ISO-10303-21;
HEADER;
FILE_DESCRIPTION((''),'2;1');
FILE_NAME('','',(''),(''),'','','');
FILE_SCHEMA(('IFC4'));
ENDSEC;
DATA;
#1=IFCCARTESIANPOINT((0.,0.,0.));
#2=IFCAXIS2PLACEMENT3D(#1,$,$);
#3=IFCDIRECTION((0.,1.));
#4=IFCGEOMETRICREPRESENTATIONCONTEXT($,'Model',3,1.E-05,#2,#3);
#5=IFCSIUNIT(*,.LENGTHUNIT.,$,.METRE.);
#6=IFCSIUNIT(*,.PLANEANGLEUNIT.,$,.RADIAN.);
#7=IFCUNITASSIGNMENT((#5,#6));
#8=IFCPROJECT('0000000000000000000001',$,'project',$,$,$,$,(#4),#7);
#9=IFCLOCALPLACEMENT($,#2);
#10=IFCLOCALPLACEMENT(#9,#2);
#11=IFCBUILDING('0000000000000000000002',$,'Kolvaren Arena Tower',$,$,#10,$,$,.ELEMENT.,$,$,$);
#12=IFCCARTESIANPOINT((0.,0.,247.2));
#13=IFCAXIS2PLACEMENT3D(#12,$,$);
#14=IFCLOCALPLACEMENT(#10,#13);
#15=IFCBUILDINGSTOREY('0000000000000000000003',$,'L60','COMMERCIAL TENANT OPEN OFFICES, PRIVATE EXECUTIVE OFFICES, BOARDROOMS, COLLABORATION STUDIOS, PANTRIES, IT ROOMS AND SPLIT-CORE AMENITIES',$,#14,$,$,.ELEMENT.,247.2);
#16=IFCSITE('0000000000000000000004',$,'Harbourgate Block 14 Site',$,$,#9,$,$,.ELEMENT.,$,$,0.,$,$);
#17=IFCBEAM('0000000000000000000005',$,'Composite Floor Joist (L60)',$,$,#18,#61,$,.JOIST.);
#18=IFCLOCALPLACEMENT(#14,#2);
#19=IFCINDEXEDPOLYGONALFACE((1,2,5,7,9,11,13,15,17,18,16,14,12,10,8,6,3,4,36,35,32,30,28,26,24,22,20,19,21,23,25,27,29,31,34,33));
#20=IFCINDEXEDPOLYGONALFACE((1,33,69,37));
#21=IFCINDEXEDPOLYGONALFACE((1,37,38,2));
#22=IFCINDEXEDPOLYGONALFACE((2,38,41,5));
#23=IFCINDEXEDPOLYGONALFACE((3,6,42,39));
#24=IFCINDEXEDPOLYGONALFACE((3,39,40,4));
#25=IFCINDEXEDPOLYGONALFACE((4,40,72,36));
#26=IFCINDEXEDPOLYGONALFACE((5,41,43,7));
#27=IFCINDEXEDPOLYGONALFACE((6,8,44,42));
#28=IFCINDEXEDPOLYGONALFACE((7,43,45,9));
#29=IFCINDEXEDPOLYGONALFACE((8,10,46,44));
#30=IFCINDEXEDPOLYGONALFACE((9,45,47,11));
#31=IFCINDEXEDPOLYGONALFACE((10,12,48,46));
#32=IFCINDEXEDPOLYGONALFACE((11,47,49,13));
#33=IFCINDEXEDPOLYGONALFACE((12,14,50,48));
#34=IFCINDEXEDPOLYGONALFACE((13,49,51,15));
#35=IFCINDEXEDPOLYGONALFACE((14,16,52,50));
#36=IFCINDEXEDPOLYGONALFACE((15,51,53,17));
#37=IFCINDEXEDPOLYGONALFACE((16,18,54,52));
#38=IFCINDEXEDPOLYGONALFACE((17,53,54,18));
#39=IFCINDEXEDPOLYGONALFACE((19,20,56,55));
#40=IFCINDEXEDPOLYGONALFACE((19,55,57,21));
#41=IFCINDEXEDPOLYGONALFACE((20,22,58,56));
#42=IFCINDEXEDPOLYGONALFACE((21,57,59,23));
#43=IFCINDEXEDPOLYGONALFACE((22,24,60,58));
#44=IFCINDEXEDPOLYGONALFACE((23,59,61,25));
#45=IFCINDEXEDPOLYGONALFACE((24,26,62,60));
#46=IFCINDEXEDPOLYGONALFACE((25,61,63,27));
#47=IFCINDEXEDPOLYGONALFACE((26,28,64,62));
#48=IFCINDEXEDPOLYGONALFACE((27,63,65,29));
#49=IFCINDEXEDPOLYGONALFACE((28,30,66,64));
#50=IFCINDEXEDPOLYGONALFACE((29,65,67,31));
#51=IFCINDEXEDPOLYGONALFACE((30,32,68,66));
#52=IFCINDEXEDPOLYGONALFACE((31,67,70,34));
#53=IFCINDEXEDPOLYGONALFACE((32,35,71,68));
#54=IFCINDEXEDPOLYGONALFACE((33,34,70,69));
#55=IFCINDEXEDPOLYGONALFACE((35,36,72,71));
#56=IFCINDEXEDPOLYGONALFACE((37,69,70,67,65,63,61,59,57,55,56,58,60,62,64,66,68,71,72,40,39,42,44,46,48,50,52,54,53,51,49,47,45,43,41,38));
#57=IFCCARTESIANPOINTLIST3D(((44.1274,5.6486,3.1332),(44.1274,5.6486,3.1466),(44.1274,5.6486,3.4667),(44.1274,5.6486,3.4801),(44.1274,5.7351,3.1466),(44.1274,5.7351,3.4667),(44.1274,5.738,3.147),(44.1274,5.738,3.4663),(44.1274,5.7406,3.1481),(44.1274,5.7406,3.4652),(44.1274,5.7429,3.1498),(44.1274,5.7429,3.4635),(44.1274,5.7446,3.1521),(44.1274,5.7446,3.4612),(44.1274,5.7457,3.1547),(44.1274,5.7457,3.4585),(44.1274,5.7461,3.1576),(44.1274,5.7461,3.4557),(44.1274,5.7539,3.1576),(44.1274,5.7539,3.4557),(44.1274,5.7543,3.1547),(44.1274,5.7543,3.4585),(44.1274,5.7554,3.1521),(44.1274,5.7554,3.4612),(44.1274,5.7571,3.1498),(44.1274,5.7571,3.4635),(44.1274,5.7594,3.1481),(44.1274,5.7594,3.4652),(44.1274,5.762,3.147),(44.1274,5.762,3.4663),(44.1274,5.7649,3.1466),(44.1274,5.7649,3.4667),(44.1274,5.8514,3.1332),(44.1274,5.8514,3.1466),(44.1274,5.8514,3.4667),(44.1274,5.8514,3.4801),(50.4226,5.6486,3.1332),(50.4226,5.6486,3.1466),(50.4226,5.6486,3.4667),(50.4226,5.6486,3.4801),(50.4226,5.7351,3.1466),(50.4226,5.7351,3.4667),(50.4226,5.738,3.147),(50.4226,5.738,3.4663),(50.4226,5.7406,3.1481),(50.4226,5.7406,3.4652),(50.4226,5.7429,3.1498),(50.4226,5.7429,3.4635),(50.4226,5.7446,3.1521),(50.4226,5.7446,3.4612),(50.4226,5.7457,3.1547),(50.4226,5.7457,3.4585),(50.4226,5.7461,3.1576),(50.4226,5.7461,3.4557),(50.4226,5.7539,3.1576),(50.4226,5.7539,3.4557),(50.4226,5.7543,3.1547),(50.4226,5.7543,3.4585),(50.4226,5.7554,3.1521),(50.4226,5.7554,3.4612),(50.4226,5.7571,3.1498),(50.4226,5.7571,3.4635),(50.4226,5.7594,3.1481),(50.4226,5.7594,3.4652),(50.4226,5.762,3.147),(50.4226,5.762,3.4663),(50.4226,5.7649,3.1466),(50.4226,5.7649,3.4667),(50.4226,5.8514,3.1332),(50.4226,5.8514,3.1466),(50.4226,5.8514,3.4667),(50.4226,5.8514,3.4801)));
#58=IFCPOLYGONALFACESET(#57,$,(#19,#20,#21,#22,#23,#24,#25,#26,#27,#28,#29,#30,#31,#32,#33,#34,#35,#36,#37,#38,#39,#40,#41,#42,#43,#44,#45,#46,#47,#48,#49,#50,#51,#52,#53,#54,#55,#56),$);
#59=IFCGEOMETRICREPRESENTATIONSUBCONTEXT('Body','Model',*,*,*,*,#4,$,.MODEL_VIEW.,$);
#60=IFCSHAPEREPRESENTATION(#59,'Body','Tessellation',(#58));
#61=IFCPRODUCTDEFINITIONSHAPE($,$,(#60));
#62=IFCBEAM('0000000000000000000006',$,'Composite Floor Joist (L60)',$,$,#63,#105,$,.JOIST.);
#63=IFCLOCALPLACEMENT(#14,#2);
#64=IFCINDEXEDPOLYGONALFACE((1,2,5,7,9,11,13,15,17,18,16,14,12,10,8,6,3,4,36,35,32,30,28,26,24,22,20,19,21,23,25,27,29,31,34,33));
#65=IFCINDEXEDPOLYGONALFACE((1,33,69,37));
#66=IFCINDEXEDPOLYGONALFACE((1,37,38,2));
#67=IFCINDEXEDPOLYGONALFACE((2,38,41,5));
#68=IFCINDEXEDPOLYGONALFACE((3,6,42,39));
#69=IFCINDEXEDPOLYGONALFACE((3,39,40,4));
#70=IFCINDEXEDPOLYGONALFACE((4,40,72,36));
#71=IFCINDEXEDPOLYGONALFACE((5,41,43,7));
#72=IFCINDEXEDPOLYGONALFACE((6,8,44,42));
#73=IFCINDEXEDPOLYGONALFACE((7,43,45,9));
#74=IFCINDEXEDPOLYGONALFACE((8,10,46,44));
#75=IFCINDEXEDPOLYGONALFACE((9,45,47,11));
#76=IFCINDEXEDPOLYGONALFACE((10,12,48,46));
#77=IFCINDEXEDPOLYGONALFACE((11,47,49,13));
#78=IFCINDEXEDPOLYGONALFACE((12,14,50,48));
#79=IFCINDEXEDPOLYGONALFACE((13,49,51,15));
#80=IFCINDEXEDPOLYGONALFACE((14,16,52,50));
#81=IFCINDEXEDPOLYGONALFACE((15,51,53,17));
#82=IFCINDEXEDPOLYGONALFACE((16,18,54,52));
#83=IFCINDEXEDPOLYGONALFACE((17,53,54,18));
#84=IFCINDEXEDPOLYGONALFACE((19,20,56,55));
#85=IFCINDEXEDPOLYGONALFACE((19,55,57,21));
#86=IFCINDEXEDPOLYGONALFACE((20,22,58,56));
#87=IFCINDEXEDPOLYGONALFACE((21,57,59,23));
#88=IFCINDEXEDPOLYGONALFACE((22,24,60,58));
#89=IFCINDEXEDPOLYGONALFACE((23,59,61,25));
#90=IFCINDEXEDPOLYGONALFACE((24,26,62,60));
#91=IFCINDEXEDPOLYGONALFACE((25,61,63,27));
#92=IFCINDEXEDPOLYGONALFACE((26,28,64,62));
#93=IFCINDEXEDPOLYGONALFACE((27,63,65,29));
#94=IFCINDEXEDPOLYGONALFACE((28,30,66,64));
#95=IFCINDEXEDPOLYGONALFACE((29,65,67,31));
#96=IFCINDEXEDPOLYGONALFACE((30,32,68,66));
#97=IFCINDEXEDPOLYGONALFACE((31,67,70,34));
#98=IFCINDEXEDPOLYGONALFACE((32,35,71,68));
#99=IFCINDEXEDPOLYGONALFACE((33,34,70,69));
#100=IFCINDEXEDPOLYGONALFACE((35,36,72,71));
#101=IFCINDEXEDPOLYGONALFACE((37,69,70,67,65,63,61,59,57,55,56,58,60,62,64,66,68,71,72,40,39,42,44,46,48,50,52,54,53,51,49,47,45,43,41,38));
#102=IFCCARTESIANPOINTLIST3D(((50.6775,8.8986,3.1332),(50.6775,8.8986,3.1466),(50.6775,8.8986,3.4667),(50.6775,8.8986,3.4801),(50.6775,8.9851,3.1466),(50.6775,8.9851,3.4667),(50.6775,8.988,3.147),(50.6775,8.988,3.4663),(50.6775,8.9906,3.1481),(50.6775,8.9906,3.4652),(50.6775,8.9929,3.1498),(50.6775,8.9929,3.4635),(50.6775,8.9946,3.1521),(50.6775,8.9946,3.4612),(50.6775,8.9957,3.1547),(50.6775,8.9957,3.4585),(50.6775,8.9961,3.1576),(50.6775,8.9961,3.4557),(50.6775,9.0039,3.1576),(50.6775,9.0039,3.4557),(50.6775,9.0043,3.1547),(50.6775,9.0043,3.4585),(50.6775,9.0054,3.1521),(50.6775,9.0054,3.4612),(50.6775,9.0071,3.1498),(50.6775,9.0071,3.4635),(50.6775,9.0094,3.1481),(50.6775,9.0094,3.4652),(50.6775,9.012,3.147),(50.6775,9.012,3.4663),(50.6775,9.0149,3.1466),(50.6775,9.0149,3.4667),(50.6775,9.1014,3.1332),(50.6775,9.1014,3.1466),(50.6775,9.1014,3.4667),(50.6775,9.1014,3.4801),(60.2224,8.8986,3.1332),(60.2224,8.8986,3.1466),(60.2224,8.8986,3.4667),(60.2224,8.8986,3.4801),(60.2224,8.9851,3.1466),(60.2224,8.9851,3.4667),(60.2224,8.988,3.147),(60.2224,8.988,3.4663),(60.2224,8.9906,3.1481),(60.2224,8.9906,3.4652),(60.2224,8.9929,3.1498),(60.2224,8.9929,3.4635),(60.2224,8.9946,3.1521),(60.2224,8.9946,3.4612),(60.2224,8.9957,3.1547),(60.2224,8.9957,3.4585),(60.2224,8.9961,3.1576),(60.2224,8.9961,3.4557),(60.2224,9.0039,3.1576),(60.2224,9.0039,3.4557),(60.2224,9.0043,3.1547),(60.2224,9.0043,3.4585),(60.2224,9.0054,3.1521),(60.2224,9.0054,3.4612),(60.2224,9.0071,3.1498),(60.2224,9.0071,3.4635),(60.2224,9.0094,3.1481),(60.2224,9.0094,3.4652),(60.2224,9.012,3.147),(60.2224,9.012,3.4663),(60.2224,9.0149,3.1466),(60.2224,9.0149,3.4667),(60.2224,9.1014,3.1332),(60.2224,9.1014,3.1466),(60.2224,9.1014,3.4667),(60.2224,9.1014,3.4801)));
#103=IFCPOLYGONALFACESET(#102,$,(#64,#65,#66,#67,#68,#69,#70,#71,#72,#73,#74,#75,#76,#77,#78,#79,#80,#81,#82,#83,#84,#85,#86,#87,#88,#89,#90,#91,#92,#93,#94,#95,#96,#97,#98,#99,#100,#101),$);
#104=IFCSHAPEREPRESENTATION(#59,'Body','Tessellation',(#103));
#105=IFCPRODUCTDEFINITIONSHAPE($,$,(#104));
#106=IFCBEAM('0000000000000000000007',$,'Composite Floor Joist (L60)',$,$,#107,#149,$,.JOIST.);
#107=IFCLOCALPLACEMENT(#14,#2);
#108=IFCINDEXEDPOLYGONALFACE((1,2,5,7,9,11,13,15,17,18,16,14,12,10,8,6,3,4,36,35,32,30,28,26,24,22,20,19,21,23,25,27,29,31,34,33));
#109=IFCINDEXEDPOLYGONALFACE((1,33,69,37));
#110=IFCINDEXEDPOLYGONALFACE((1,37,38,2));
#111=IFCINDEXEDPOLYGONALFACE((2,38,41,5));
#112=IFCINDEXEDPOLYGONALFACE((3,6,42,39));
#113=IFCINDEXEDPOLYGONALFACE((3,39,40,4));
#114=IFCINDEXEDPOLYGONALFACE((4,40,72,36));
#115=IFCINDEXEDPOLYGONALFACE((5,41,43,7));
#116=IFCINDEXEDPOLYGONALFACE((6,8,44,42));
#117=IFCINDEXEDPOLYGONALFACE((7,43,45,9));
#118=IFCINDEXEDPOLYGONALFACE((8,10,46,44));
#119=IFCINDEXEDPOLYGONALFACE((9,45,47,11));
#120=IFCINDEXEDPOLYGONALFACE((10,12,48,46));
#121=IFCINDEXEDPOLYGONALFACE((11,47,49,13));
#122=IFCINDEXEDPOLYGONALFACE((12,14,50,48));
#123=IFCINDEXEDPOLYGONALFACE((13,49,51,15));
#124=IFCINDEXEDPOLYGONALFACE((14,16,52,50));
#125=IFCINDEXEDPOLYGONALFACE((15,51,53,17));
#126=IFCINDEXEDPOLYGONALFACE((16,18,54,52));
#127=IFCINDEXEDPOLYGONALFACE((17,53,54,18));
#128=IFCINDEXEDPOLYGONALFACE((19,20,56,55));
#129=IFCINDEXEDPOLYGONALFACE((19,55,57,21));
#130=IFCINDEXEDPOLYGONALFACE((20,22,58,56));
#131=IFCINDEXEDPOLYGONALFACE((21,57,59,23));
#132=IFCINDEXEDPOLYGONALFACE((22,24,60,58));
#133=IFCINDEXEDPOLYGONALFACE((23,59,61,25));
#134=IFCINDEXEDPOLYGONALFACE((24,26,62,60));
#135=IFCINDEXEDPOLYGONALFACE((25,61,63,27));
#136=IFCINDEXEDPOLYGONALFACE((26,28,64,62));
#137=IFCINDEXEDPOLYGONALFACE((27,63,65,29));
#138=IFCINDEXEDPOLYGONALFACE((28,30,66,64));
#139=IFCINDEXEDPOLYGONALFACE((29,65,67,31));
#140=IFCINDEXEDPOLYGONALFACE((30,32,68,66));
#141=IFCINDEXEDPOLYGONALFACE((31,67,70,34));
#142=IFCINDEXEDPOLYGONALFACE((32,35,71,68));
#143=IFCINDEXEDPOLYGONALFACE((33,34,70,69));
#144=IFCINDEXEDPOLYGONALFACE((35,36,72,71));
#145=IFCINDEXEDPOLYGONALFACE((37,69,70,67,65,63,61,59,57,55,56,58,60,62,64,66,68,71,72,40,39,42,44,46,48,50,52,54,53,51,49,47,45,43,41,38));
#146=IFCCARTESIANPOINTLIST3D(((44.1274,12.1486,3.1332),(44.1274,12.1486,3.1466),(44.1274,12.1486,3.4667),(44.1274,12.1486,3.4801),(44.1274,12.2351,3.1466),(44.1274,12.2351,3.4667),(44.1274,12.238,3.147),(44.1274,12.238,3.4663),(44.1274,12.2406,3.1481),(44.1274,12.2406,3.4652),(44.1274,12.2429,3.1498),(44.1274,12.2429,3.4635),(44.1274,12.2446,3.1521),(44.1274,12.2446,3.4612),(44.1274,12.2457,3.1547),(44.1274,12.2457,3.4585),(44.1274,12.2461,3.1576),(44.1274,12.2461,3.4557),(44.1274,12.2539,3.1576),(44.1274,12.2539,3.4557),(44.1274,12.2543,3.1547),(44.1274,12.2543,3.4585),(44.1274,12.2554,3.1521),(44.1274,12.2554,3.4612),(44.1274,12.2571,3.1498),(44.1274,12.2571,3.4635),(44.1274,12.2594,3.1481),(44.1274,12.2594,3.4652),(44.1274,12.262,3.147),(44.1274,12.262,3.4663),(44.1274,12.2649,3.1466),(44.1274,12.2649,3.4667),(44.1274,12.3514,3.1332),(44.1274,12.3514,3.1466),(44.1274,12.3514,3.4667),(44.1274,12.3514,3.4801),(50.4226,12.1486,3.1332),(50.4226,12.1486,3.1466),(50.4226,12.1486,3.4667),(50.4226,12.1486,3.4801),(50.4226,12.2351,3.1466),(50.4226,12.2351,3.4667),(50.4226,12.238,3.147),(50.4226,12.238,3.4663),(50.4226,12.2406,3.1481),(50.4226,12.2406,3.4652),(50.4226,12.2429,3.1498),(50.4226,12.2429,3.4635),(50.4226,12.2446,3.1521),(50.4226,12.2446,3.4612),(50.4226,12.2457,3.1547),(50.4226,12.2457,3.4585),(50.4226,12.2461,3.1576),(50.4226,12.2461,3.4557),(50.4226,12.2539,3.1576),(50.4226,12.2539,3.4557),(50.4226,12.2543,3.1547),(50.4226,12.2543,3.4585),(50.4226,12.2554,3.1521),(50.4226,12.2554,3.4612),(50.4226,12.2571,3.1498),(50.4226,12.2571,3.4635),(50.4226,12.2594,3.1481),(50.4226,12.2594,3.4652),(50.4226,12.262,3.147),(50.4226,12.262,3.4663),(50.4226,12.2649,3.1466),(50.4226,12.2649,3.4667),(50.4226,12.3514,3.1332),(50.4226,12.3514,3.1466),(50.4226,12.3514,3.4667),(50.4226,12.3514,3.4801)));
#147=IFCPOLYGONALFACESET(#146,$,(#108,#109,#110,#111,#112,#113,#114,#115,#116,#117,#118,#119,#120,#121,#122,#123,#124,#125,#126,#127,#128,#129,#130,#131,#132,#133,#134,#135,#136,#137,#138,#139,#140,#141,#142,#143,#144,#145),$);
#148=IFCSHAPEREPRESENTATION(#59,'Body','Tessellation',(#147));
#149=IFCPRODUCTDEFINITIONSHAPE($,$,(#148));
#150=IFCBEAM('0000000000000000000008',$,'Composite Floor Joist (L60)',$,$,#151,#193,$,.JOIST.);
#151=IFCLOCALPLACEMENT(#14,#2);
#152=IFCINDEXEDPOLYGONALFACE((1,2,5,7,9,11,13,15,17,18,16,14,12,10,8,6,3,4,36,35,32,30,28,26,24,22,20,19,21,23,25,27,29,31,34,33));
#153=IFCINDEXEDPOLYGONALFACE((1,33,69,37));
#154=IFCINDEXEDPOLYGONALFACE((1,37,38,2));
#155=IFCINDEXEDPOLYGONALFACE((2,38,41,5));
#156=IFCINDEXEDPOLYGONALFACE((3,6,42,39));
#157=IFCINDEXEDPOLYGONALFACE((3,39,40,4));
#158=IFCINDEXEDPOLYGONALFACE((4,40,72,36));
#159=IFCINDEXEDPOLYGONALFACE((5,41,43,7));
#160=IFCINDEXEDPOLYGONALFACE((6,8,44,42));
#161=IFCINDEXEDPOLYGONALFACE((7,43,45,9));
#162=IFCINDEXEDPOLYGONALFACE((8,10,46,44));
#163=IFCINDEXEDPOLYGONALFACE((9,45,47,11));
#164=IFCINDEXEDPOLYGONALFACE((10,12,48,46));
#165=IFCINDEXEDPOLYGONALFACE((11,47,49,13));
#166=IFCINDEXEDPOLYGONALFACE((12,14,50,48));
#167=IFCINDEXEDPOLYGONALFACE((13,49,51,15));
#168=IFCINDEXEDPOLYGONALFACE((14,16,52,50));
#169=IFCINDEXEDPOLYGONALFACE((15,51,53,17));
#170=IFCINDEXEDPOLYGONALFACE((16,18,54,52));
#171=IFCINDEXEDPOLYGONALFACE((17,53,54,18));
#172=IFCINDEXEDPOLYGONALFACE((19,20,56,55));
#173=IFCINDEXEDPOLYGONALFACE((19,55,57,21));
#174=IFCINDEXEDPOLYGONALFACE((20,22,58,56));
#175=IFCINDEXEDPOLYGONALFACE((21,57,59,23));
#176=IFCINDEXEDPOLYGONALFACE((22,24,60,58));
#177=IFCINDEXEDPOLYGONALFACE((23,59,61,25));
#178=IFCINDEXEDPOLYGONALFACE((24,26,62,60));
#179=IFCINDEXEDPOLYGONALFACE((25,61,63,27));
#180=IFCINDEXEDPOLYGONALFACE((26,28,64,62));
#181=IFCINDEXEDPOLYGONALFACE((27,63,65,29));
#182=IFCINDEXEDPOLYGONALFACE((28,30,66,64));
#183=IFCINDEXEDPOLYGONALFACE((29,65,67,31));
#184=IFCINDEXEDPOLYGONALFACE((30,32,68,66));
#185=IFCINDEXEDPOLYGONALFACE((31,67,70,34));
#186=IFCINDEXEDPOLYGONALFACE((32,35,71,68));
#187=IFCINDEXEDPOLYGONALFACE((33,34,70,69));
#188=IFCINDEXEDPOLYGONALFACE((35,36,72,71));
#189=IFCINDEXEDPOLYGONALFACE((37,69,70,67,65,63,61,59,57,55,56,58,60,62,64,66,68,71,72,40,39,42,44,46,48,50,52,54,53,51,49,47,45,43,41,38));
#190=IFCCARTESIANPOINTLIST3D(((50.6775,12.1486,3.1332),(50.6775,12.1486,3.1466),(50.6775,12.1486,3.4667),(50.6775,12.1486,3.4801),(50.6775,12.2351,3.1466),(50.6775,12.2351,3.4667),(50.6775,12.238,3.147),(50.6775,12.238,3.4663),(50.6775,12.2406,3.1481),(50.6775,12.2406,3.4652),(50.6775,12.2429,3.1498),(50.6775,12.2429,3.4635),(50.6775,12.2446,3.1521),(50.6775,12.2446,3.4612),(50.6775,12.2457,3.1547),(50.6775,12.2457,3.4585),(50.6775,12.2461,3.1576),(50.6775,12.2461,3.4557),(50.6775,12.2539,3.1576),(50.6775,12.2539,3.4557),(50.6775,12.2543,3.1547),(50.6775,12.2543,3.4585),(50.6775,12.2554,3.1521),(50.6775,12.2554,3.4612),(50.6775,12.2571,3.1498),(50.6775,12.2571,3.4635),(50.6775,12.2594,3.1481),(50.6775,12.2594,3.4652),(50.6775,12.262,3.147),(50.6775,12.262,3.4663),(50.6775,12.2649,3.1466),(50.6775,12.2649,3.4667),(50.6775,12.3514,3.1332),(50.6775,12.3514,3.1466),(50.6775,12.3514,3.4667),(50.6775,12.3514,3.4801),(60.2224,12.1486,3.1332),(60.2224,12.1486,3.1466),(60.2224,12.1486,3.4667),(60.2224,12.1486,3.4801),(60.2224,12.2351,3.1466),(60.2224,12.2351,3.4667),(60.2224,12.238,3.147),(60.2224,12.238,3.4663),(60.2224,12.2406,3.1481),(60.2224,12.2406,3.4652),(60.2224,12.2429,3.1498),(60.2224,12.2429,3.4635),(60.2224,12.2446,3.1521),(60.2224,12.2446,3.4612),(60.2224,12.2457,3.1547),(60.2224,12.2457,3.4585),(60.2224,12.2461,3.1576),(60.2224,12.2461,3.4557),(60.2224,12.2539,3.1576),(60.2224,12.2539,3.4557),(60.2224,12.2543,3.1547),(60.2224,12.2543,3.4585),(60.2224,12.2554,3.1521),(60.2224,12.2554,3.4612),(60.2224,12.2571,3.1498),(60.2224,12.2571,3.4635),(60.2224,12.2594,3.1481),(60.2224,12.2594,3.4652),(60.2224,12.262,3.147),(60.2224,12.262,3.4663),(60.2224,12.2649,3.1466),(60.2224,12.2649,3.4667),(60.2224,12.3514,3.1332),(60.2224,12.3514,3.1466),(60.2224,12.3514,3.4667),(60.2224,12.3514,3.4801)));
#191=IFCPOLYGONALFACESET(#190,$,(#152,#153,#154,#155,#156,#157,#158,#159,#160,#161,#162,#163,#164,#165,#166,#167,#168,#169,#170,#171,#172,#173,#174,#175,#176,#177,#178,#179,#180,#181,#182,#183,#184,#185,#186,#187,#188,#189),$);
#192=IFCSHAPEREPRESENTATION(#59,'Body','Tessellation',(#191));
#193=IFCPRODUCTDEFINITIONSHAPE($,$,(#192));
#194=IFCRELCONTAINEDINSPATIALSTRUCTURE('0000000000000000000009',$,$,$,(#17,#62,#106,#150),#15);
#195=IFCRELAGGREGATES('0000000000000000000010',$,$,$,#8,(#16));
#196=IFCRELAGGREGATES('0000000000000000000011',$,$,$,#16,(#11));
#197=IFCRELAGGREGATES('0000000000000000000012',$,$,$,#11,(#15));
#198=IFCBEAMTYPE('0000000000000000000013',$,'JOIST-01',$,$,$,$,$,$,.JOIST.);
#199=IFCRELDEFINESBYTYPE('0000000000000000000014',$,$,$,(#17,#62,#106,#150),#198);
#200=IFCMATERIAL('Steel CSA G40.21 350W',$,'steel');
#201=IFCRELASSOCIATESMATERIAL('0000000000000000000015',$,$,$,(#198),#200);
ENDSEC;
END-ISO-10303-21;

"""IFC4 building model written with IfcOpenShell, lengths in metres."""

from ifc_helpers import new_model, si_unit, direction, frame, origin, origin_2d, place, context, subcontext, project, spatial, i_section, extrude, material, material_profile, profile_set, type_object, element, save


model = new_model("IFC4")

# Units and contexts
model_context = context("Model", 3, precision=1e-05, world=origin(), true_north=direction((0.0, 1.0)))
body_context = subcontext(model_context, "Body", "Model", "MODEL_VIEW")
ifc_project = project(units=[si_unit("LENGTHUNIT", "METRE"), si_unit("PLANEANGLEUNIT", "RADIAN")], contexts=[model_context])

# Site, building, storey
site_placement = place(None, origin())
site = spatial("IfcSite", under=ifc_project, at=site_placement, Name="Harbourgate Block 14 Site", CompositionType="ELEMENT", RefElevation=0.0)
building_placement = place(site_placement, origin())
building = spatial("IfcBuilding", under=site, at=building_placement, Name="Kolvaren Arena Tower", CompositionType="ELEMENT")
storey_placement = place(building_placement, frame((0.0, 0.0, 247.2)))
storey = spatial("IfcBuildingStorey", under=building, at=storey_placement, Name="L60", Description="COMMERCIAL TENANT OPEN OFFICES, PRIVATE EXECUTIVE OFFICES, BOARDROOMS, COLLABORATION STUDIOS, PANTRIES, IT ROOMS AND SPLIT-CORE AMENITIES", CompositionType="ELEMENT", Elevation=247.2)

# Beams
ifc_material_1 = material(Name="Steel CSA G40.21 350W", Category="steel")
ifc_material_profile_1 = material_profile(ifc_material_1, i_section(OverallWidth=0.2029, OverallDepth=0.3469, WebThickness=0.0078, FlangeThickness=0.0134, FilletRadius=0.011, at=origin_2d()), Name="W360x64")
ifc_profile_set_1 = profile_set([ifc_material_profile_1], Name="Steel CSA G40.21 350W")
beam_type_1 = type_object("IfcBeamType", Name="JOIST-01", PredefinedType="JOIST", material=ifc_profile_set_1)
for number, where, z_axis, x_axis, name in (
    (1, (44.1274, 5.75, 3.3066), (1.0, 0.0, 0.0), (0.0, 1.0, 0.0), "Composite Floor Joist (L60)"),
):
    element("IfcBeam", number, at=place(storey_placement, frame(where, z_axis=z_axis, x_axis=x_axis)), inside=storey, type_object=beam_type_1, Name=name, PredefinedType="JOIST", context=body_context, shape_type="SweptSolid", body=[
        extrude(i_section(OverallWidth=0.2029, OverallDepth=0.3469, WebThickness=0.0078, FlangeThickness=0.0134, FilletRadius=0.011, at=origin_2d()), origin(), (0.0, 0.0, 1.0), 6.2952),
    ])
beam_1_placement = place(storey_placement, frame((50.6775, 9.0, 3.3066), z_axis=(1.0, 0.0, 0.0), x_axis=(0.0, 1.0, 0.0)))
element("IfcBeam", 2, at=beam_1_placement, inside=storey, type_object=beam_type_1, Name="Composite Floor Joist (L60)", PredefinedType="JOIST", context=body_context, shape_type="SweptSolid", body=[
    extrude(i_section(OverallWidth=0.2029, OverallDepth=0.3469, WebThickness=0.0078, FlangeThickness=0.0134, FilletRadius=0.011, at=origin_2d()), origin(), (0.0, 0.0, 1.0), 9.5449),
])
beam_2_placement = place(storey_placement, frame((44.1274, 12.25, 3.3066), z_axis=(1.0, 0.0, 0.0), x_axis=(0.0, 1.0, 0.0)))
element("IfcBeam", 3, at=beam_2_placement, inside=storey, type_object=beam_type_1, Name="Composite Floor Joist (L60)", PredefinedType="JOIST", context=body_context, shape_type="SweptSolid", body=[
    extrude(i_section(OverallWidth=0.2029, OverallDepth=0.3469, WebThickness=0.0078, FlangeThickness=0.0134, FilletRadius=0.011, at=origin_2d()), origin(), (0.0, 0.0, 1.0), 6.2952),
])
beam_3_placement = place(storey_placement, frame((50.6775, 12.25, 3.3066), z_axis=(1.0, 0.0, 0.0), x_axis=(0.0, 1.0, 0.0)))
element("IfcBeam", 4, at=beam_3_placement, inside=storey, type_object=beam_type_1, Name="Composite Floor Joist (L60)", PredefinedType="JOIST", context=body_context, shape_type="SweptSolid", body=[
    extrude(i_section(OverallWidth=0.2029, OverallDepth=0.3469, WebThickness=0.0078, FlangeThickness=0.0134, FilletRadius=0.011, at=origin_2d()), origin(), (0.0, 0.0, 1.0), 9.5449),
])

save(model, "model.ifc")
